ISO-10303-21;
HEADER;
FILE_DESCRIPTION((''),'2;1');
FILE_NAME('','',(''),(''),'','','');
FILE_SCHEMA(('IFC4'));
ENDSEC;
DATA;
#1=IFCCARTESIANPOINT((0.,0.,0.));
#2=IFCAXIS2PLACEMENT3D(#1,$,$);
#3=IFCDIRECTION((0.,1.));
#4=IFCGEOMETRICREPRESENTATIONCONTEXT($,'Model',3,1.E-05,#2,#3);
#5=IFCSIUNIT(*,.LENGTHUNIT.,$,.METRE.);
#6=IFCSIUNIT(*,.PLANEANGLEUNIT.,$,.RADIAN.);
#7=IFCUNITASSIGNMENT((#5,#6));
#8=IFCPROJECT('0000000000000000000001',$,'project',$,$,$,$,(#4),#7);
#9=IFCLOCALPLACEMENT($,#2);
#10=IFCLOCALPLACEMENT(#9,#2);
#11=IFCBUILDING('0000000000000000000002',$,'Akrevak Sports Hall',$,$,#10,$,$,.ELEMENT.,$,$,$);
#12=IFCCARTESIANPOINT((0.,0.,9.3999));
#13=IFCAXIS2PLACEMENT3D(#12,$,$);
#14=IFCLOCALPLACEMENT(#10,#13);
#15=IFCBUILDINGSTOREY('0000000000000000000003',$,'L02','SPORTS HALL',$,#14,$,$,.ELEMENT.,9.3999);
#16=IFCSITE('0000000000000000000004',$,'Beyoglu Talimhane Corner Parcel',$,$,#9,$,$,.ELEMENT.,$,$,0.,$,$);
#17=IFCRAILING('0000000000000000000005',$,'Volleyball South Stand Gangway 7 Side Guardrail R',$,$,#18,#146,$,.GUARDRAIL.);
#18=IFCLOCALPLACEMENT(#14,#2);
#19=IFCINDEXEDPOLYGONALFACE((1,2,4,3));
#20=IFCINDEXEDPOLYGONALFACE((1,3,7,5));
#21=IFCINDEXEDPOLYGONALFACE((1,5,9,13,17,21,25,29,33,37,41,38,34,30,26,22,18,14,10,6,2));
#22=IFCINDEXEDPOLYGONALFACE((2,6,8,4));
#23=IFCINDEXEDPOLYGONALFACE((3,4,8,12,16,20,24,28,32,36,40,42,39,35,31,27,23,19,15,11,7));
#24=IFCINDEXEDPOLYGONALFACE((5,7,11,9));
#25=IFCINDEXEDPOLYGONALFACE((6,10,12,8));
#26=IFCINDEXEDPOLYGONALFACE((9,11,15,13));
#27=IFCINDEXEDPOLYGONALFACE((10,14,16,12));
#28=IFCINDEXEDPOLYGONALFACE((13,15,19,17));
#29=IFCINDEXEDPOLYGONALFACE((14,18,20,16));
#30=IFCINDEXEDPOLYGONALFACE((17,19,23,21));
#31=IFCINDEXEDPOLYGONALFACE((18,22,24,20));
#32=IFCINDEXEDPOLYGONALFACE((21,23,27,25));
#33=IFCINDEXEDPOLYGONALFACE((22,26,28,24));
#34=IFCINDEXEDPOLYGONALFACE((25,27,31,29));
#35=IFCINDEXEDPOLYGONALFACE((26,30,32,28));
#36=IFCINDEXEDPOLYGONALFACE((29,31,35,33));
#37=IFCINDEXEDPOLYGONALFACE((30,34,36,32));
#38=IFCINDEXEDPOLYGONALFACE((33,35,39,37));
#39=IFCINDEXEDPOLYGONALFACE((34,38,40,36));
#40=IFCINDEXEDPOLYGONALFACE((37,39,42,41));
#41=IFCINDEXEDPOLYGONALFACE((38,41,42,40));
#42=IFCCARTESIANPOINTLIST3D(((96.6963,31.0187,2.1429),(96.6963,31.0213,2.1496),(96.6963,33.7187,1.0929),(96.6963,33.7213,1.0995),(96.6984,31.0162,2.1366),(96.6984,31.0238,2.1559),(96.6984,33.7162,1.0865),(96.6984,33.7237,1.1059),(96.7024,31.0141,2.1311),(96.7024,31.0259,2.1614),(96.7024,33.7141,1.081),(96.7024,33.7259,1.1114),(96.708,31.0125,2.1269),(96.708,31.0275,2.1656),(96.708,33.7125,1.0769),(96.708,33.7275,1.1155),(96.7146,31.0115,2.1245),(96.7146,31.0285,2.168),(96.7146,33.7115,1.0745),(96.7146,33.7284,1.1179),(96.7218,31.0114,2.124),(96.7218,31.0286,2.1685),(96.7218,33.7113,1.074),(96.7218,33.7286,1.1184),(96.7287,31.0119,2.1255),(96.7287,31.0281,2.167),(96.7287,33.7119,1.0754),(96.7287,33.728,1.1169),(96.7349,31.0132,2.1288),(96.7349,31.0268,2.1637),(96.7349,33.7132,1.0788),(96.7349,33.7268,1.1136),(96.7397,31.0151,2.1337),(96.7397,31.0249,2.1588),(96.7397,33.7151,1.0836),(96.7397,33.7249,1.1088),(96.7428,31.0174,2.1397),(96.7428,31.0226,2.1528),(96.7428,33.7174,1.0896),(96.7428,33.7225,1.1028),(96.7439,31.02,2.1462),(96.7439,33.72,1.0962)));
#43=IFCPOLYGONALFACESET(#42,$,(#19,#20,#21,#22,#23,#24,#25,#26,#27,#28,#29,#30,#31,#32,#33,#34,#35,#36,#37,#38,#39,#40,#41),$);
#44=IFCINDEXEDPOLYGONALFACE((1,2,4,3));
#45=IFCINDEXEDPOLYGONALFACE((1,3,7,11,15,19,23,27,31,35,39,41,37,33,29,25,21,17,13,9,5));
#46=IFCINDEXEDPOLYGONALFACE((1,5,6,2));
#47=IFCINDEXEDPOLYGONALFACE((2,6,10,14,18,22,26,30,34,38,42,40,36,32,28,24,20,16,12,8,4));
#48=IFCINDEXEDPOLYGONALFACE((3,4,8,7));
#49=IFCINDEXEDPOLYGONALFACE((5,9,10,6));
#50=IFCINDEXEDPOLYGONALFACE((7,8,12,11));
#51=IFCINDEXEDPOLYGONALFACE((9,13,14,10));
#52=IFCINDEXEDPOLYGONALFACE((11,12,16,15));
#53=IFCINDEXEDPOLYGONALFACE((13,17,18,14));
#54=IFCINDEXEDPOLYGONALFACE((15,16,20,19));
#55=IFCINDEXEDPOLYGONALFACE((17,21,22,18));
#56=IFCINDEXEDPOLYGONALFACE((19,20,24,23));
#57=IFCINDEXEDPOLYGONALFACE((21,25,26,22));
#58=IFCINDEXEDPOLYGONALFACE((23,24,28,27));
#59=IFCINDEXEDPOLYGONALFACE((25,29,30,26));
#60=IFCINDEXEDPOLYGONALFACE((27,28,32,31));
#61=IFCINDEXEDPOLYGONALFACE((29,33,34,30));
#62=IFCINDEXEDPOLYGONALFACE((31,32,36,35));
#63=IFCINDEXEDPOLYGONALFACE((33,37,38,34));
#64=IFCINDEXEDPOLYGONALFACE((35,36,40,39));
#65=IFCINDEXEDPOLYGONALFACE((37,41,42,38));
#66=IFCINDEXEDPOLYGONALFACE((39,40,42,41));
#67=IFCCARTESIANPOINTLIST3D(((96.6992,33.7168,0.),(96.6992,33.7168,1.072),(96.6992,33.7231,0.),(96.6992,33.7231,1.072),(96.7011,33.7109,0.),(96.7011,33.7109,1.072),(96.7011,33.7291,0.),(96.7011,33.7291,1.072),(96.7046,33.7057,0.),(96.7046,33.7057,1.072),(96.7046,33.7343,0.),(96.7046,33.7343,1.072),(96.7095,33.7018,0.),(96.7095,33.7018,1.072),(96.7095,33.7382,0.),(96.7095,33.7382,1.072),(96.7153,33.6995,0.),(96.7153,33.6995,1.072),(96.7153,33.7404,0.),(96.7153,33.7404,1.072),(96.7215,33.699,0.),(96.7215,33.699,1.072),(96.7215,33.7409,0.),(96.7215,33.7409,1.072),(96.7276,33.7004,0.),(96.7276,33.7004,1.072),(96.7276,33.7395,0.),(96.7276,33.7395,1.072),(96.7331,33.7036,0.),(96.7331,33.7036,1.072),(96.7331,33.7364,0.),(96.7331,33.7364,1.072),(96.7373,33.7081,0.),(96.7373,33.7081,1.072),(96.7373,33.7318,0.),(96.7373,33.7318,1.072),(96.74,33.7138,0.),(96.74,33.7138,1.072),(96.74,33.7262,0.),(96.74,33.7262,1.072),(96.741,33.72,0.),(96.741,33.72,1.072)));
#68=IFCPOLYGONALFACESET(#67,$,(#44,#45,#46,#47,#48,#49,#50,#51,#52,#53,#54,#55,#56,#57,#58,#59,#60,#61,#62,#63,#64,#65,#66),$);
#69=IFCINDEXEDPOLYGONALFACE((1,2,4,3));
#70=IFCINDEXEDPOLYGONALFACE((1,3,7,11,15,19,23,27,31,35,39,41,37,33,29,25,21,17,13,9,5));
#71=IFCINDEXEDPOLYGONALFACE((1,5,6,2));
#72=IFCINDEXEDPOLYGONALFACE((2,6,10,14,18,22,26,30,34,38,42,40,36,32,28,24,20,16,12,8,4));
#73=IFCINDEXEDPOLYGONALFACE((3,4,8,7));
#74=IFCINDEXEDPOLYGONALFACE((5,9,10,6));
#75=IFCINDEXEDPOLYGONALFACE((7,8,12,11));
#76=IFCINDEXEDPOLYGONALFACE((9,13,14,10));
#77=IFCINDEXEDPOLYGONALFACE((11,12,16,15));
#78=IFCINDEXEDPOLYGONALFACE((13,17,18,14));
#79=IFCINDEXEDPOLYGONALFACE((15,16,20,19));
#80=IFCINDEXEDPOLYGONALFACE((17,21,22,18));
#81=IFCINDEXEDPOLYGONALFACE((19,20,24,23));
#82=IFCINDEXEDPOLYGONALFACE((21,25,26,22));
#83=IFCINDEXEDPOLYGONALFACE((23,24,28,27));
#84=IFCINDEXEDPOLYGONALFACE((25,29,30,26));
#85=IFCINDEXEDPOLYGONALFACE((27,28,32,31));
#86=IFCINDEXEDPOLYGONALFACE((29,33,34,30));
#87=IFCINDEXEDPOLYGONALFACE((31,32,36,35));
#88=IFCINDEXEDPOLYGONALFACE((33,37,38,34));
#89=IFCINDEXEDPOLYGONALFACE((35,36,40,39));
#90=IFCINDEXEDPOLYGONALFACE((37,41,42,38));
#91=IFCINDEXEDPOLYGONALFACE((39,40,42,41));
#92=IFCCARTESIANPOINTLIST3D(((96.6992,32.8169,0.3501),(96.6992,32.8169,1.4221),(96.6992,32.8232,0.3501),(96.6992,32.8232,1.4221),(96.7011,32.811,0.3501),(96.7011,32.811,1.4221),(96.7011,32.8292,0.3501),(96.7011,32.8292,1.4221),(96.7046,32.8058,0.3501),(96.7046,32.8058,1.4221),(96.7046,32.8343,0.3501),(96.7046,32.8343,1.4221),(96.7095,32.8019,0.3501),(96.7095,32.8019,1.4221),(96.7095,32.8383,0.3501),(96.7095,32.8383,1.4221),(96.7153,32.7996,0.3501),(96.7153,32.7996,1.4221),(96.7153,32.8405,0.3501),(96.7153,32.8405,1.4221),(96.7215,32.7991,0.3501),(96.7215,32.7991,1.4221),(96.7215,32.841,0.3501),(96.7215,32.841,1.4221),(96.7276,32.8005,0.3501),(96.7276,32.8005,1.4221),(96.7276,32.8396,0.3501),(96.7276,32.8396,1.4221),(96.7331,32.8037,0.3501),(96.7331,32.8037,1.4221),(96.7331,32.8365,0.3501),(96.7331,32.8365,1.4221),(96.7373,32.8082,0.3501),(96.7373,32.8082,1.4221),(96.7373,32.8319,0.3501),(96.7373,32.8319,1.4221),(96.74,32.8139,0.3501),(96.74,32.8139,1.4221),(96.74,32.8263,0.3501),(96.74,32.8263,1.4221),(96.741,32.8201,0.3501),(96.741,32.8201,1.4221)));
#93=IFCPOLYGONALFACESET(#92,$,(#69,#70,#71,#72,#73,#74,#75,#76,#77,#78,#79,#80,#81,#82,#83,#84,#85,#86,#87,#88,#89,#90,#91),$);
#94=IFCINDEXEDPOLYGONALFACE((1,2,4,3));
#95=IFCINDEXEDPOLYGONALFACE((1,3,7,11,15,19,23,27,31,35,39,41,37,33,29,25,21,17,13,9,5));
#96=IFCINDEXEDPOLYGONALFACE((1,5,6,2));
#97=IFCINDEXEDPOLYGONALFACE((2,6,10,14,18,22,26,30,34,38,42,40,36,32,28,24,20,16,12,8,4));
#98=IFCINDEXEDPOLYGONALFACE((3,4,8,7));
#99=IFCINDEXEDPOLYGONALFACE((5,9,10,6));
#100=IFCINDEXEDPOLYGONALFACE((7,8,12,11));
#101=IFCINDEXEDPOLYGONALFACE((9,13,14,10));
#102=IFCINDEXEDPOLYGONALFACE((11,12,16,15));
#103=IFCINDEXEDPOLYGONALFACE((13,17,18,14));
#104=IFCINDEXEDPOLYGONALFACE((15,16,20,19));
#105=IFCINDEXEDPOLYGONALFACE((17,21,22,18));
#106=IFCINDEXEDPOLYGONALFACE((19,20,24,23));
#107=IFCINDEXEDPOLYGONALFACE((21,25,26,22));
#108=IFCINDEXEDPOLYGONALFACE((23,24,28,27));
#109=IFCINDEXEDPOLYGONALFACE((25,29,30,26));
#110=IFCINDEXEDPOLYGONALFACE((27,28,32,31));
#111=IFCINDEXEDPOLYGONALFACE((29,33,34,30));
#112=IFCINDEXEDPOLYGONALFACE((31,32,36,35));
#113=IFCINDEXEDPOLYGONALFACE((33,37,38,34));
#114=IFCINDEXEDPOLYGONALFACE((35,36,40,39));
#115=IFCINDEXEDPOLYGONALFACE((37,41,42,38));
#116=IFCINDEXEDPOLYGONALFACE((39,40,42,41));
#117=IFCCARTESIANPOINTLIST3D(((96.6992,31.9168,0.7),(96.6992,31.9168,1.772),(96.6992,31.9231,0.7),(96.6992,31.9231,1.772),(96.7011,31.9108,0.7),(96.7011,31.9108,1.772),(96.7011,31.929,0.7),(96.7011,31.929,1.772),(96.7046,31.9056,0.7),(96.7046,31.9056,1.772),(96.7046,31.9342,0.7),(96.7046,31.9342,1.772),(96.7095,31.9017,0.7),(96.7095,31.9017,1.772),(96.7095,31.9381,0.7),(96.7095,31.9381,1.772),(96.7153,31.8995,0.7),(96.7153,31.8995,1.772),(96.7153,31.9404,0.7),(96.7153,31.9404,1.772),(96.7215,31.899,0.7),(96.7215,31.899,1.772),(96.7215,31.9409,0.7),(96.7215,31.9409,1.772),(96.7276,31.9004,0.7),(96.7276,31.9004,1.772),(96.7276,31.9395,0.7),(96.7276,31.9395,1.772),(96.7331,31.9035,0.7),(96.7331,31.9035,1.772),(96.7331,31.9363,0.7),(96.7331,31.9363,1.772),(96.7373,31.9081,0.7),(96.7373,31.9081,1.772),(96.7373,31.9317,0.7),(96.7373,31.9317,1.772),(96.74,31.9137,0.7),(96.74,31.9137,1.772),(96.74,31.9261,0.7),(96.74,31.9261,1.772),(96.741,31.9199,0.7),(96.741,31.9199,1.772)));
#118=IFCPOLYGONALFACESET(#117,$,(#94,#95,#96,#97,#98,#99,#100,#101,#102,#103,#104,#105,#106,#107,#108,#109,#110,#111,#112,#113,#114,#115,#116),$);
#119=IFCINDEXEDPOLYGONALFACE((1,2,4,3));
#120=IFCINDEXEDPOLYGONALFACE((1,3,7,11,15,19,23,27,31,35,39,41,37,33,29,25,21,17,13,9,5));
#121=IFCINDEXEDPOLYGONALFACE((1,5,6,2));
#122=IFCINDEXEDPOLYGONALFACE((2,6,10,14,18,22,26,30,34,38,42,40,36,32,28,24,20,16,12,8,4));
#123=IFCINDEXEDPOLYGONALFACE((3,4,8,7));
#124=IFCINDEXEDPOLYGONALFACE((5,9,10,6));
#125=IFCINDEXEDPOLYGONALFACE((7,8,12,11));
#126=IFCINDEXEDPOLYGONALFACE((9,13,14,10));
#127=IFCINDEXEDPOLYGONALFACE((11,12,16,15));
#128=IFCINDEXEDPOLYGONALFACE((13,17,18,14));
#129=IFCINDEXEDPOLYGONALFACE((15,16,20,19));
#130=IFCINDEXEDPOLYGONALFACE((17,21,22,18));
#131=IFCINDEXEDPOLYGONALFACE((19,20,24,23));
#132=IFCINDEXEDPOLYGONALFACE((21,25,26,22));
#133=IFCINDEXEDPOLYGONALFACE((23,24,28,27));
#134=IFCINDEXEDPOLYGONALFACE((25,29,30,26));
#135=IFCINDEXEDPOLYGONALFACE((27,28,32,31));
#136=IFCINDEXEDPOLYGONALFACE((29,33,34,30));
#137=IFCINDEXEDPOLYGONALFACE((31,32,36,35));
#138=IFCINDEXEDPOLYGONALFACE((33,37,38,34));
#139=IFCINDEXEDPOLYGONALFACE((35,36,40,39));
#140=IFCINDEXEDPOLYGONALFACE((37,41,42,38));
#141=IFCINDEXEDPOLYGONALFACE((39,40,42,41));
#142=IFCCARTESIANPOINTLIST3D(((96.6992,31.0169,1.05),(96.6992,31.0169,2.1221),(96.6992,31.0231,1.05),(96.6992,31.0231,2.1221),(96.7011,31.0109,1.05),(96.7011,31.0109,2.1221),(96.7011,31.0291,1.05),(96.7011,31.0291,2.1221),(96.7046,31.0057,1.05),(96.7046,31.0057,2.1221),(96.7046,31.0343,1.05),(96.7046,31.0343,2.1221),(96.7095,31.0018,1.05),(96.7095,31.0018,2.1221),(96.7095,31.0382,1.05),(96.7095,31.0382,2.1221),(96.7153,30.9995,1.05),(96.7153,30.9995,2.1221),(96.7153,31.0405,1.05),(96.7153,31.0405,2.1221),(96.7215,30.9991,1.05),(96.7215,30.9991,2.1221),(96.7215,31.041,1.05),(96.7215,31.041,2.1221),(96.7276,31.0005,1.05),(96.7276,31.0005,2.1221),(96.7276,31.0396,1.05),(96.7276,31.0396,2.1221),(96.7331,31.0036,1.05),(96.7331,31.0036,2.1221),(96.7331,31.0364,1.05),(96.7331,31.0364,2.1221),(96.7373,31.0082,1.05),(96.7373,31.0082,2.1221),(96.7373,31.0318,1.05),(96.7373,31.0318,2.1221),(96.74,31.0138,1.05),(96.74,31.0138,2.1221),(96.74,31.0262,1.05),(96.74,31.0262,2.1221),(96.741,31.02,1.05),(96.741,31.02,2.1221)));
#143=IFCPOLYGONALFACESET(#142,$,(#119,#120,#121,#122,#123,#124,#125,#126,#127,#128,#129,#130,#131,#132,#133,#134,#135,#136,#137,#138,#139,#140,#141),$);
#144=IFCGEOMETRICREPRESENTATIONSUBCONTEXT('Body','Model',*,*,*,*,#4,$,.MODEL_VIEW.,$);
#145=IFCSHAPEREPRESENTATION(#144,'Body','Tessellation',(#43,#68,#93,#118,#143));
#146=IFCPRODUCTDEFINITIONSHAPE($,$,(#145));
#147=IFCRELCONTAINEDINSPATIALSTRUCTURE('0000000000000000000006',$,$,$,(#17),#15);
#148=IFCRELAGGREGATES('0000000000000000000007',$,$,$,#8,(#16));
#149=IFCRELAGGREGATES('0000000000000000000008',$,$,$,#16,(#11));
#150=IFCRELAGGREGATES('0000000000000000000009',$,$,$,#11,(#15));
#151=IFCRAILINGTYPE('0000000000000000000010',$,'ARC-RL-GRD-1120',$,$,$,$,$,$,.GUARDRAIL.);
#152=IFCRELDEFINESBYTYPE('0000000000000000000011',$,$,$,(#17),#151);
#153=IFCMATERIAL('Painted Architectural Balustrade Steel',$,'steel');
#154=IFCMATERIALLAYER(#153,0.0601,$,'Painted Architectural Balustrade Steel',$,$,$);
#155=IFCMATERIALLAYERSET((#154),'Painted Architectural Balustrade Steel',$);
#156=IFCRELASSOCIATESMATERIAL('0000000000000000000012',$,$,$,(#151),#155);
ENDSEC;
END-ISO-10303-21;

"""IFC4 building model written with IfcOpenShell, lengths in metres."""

from ifc_helpers import new_model, si_unit, direction, frame, origin, origin_2d, place, context, subcontext, project, spatial, circle, extrude, material, layer, layer_set, type_object, element, save


model = new_model("IFC4")

# Units and contexts
model_context = context("Model", 3, precision=1e-05, world=origin(), true_north=direction((0.0, 1.0)))
body_context = subcontext(model_context, "Body", "Model", "MODEL_VIEW")
ifc_project = project(units=[si_unit("LENGTHUNIT", "METRE"), si_unit("PLANEANGLEUNIT", "RADIAN")], contexts=[model_context])

# Site, building, storey
site_placement = place(None, origin())
site = spatial("IfcSite", under=ifc_project, at=site_placement, Name="Beyoglu Talimhane Corner Parcel", CompositionType="ELEMENT", RefElevation=0.0)
building_placement = place(site_placement, origin())
building = spatial("IfcBuilding", under=site, at=building_placement, Name="Akrevak Sports Hall", CompositionType="ELEMENT")
storey_placement = place(building_placement, frame((0.0, 0.0, 9.3999)))
storey = spatial("IfcBuildingStorey", under=building, at=storey_placement, Name="L02", Description="SPORTS HALL", CompositionType="ELEMENT", Elevation=9.3999)

# Railing
ifc_material_1 = material(Name="Painted Architectural Balustrade Steel", Category="steel")
ifc_layer_1 = layer(ifc_material_1, 0.0601, Name="Painted Architectural Balustrade Steel")
ifc_layer_set_1 = layer_set([ifc_layer_1], Name="Painted Architectural Balustrade Steel")
railing_type_1 = type_object("IfcRailingType", Name="ARC-RL-GRD-1120", PredefinedType="GUARDRAIL", material=ifc_layer_set_1)
for number, where, name in (
    (1, (96.72, 33.72, 0.0), "Volleyball South Stand Gangway 7 Side Guardrail R"),
):
    element("IfcRailing", number, at=place(storey_placement, frame(where)), inside=storey, type_object=railing_type_1, Name=name, PredefinedType="GUARDRAIL", context=body_context, shape_type="SweptSolid", body=[
        extrude(circle(Radius=0.0239, at=origin_2d()), frame((0.0, 0.0, 1.0962), z_axis=(0.0, -0.931997, 0.362467), x_axis=(1.0, 0.0, 0.0)), (0.0, 0.0, 1.0), 2.897),
        extrude(circle(Radius=0.021, at=origin_2d()), origin(), (0.0, 0.0, 1.0), 1.072),
        extrude(circle(Radius=0.021, at=origin_2d()), frame((0.0, -0.8999, 0.3501)), (0.0, 0.0, 1.0), 1.072),
        extrude(circle(Radius=0.021, at=origin_2d()), frame((0.0, -1.8, 0.7)), (0.0, 0.0, 1.0), 1.072),
        extrude(circle(Radius=0.021, at=origin_2d()), frame((0.0, -2.7, 1.05)), (0.0, 0.0, 1.0), 1.072),
    ])

save(model, "model.ifc")
